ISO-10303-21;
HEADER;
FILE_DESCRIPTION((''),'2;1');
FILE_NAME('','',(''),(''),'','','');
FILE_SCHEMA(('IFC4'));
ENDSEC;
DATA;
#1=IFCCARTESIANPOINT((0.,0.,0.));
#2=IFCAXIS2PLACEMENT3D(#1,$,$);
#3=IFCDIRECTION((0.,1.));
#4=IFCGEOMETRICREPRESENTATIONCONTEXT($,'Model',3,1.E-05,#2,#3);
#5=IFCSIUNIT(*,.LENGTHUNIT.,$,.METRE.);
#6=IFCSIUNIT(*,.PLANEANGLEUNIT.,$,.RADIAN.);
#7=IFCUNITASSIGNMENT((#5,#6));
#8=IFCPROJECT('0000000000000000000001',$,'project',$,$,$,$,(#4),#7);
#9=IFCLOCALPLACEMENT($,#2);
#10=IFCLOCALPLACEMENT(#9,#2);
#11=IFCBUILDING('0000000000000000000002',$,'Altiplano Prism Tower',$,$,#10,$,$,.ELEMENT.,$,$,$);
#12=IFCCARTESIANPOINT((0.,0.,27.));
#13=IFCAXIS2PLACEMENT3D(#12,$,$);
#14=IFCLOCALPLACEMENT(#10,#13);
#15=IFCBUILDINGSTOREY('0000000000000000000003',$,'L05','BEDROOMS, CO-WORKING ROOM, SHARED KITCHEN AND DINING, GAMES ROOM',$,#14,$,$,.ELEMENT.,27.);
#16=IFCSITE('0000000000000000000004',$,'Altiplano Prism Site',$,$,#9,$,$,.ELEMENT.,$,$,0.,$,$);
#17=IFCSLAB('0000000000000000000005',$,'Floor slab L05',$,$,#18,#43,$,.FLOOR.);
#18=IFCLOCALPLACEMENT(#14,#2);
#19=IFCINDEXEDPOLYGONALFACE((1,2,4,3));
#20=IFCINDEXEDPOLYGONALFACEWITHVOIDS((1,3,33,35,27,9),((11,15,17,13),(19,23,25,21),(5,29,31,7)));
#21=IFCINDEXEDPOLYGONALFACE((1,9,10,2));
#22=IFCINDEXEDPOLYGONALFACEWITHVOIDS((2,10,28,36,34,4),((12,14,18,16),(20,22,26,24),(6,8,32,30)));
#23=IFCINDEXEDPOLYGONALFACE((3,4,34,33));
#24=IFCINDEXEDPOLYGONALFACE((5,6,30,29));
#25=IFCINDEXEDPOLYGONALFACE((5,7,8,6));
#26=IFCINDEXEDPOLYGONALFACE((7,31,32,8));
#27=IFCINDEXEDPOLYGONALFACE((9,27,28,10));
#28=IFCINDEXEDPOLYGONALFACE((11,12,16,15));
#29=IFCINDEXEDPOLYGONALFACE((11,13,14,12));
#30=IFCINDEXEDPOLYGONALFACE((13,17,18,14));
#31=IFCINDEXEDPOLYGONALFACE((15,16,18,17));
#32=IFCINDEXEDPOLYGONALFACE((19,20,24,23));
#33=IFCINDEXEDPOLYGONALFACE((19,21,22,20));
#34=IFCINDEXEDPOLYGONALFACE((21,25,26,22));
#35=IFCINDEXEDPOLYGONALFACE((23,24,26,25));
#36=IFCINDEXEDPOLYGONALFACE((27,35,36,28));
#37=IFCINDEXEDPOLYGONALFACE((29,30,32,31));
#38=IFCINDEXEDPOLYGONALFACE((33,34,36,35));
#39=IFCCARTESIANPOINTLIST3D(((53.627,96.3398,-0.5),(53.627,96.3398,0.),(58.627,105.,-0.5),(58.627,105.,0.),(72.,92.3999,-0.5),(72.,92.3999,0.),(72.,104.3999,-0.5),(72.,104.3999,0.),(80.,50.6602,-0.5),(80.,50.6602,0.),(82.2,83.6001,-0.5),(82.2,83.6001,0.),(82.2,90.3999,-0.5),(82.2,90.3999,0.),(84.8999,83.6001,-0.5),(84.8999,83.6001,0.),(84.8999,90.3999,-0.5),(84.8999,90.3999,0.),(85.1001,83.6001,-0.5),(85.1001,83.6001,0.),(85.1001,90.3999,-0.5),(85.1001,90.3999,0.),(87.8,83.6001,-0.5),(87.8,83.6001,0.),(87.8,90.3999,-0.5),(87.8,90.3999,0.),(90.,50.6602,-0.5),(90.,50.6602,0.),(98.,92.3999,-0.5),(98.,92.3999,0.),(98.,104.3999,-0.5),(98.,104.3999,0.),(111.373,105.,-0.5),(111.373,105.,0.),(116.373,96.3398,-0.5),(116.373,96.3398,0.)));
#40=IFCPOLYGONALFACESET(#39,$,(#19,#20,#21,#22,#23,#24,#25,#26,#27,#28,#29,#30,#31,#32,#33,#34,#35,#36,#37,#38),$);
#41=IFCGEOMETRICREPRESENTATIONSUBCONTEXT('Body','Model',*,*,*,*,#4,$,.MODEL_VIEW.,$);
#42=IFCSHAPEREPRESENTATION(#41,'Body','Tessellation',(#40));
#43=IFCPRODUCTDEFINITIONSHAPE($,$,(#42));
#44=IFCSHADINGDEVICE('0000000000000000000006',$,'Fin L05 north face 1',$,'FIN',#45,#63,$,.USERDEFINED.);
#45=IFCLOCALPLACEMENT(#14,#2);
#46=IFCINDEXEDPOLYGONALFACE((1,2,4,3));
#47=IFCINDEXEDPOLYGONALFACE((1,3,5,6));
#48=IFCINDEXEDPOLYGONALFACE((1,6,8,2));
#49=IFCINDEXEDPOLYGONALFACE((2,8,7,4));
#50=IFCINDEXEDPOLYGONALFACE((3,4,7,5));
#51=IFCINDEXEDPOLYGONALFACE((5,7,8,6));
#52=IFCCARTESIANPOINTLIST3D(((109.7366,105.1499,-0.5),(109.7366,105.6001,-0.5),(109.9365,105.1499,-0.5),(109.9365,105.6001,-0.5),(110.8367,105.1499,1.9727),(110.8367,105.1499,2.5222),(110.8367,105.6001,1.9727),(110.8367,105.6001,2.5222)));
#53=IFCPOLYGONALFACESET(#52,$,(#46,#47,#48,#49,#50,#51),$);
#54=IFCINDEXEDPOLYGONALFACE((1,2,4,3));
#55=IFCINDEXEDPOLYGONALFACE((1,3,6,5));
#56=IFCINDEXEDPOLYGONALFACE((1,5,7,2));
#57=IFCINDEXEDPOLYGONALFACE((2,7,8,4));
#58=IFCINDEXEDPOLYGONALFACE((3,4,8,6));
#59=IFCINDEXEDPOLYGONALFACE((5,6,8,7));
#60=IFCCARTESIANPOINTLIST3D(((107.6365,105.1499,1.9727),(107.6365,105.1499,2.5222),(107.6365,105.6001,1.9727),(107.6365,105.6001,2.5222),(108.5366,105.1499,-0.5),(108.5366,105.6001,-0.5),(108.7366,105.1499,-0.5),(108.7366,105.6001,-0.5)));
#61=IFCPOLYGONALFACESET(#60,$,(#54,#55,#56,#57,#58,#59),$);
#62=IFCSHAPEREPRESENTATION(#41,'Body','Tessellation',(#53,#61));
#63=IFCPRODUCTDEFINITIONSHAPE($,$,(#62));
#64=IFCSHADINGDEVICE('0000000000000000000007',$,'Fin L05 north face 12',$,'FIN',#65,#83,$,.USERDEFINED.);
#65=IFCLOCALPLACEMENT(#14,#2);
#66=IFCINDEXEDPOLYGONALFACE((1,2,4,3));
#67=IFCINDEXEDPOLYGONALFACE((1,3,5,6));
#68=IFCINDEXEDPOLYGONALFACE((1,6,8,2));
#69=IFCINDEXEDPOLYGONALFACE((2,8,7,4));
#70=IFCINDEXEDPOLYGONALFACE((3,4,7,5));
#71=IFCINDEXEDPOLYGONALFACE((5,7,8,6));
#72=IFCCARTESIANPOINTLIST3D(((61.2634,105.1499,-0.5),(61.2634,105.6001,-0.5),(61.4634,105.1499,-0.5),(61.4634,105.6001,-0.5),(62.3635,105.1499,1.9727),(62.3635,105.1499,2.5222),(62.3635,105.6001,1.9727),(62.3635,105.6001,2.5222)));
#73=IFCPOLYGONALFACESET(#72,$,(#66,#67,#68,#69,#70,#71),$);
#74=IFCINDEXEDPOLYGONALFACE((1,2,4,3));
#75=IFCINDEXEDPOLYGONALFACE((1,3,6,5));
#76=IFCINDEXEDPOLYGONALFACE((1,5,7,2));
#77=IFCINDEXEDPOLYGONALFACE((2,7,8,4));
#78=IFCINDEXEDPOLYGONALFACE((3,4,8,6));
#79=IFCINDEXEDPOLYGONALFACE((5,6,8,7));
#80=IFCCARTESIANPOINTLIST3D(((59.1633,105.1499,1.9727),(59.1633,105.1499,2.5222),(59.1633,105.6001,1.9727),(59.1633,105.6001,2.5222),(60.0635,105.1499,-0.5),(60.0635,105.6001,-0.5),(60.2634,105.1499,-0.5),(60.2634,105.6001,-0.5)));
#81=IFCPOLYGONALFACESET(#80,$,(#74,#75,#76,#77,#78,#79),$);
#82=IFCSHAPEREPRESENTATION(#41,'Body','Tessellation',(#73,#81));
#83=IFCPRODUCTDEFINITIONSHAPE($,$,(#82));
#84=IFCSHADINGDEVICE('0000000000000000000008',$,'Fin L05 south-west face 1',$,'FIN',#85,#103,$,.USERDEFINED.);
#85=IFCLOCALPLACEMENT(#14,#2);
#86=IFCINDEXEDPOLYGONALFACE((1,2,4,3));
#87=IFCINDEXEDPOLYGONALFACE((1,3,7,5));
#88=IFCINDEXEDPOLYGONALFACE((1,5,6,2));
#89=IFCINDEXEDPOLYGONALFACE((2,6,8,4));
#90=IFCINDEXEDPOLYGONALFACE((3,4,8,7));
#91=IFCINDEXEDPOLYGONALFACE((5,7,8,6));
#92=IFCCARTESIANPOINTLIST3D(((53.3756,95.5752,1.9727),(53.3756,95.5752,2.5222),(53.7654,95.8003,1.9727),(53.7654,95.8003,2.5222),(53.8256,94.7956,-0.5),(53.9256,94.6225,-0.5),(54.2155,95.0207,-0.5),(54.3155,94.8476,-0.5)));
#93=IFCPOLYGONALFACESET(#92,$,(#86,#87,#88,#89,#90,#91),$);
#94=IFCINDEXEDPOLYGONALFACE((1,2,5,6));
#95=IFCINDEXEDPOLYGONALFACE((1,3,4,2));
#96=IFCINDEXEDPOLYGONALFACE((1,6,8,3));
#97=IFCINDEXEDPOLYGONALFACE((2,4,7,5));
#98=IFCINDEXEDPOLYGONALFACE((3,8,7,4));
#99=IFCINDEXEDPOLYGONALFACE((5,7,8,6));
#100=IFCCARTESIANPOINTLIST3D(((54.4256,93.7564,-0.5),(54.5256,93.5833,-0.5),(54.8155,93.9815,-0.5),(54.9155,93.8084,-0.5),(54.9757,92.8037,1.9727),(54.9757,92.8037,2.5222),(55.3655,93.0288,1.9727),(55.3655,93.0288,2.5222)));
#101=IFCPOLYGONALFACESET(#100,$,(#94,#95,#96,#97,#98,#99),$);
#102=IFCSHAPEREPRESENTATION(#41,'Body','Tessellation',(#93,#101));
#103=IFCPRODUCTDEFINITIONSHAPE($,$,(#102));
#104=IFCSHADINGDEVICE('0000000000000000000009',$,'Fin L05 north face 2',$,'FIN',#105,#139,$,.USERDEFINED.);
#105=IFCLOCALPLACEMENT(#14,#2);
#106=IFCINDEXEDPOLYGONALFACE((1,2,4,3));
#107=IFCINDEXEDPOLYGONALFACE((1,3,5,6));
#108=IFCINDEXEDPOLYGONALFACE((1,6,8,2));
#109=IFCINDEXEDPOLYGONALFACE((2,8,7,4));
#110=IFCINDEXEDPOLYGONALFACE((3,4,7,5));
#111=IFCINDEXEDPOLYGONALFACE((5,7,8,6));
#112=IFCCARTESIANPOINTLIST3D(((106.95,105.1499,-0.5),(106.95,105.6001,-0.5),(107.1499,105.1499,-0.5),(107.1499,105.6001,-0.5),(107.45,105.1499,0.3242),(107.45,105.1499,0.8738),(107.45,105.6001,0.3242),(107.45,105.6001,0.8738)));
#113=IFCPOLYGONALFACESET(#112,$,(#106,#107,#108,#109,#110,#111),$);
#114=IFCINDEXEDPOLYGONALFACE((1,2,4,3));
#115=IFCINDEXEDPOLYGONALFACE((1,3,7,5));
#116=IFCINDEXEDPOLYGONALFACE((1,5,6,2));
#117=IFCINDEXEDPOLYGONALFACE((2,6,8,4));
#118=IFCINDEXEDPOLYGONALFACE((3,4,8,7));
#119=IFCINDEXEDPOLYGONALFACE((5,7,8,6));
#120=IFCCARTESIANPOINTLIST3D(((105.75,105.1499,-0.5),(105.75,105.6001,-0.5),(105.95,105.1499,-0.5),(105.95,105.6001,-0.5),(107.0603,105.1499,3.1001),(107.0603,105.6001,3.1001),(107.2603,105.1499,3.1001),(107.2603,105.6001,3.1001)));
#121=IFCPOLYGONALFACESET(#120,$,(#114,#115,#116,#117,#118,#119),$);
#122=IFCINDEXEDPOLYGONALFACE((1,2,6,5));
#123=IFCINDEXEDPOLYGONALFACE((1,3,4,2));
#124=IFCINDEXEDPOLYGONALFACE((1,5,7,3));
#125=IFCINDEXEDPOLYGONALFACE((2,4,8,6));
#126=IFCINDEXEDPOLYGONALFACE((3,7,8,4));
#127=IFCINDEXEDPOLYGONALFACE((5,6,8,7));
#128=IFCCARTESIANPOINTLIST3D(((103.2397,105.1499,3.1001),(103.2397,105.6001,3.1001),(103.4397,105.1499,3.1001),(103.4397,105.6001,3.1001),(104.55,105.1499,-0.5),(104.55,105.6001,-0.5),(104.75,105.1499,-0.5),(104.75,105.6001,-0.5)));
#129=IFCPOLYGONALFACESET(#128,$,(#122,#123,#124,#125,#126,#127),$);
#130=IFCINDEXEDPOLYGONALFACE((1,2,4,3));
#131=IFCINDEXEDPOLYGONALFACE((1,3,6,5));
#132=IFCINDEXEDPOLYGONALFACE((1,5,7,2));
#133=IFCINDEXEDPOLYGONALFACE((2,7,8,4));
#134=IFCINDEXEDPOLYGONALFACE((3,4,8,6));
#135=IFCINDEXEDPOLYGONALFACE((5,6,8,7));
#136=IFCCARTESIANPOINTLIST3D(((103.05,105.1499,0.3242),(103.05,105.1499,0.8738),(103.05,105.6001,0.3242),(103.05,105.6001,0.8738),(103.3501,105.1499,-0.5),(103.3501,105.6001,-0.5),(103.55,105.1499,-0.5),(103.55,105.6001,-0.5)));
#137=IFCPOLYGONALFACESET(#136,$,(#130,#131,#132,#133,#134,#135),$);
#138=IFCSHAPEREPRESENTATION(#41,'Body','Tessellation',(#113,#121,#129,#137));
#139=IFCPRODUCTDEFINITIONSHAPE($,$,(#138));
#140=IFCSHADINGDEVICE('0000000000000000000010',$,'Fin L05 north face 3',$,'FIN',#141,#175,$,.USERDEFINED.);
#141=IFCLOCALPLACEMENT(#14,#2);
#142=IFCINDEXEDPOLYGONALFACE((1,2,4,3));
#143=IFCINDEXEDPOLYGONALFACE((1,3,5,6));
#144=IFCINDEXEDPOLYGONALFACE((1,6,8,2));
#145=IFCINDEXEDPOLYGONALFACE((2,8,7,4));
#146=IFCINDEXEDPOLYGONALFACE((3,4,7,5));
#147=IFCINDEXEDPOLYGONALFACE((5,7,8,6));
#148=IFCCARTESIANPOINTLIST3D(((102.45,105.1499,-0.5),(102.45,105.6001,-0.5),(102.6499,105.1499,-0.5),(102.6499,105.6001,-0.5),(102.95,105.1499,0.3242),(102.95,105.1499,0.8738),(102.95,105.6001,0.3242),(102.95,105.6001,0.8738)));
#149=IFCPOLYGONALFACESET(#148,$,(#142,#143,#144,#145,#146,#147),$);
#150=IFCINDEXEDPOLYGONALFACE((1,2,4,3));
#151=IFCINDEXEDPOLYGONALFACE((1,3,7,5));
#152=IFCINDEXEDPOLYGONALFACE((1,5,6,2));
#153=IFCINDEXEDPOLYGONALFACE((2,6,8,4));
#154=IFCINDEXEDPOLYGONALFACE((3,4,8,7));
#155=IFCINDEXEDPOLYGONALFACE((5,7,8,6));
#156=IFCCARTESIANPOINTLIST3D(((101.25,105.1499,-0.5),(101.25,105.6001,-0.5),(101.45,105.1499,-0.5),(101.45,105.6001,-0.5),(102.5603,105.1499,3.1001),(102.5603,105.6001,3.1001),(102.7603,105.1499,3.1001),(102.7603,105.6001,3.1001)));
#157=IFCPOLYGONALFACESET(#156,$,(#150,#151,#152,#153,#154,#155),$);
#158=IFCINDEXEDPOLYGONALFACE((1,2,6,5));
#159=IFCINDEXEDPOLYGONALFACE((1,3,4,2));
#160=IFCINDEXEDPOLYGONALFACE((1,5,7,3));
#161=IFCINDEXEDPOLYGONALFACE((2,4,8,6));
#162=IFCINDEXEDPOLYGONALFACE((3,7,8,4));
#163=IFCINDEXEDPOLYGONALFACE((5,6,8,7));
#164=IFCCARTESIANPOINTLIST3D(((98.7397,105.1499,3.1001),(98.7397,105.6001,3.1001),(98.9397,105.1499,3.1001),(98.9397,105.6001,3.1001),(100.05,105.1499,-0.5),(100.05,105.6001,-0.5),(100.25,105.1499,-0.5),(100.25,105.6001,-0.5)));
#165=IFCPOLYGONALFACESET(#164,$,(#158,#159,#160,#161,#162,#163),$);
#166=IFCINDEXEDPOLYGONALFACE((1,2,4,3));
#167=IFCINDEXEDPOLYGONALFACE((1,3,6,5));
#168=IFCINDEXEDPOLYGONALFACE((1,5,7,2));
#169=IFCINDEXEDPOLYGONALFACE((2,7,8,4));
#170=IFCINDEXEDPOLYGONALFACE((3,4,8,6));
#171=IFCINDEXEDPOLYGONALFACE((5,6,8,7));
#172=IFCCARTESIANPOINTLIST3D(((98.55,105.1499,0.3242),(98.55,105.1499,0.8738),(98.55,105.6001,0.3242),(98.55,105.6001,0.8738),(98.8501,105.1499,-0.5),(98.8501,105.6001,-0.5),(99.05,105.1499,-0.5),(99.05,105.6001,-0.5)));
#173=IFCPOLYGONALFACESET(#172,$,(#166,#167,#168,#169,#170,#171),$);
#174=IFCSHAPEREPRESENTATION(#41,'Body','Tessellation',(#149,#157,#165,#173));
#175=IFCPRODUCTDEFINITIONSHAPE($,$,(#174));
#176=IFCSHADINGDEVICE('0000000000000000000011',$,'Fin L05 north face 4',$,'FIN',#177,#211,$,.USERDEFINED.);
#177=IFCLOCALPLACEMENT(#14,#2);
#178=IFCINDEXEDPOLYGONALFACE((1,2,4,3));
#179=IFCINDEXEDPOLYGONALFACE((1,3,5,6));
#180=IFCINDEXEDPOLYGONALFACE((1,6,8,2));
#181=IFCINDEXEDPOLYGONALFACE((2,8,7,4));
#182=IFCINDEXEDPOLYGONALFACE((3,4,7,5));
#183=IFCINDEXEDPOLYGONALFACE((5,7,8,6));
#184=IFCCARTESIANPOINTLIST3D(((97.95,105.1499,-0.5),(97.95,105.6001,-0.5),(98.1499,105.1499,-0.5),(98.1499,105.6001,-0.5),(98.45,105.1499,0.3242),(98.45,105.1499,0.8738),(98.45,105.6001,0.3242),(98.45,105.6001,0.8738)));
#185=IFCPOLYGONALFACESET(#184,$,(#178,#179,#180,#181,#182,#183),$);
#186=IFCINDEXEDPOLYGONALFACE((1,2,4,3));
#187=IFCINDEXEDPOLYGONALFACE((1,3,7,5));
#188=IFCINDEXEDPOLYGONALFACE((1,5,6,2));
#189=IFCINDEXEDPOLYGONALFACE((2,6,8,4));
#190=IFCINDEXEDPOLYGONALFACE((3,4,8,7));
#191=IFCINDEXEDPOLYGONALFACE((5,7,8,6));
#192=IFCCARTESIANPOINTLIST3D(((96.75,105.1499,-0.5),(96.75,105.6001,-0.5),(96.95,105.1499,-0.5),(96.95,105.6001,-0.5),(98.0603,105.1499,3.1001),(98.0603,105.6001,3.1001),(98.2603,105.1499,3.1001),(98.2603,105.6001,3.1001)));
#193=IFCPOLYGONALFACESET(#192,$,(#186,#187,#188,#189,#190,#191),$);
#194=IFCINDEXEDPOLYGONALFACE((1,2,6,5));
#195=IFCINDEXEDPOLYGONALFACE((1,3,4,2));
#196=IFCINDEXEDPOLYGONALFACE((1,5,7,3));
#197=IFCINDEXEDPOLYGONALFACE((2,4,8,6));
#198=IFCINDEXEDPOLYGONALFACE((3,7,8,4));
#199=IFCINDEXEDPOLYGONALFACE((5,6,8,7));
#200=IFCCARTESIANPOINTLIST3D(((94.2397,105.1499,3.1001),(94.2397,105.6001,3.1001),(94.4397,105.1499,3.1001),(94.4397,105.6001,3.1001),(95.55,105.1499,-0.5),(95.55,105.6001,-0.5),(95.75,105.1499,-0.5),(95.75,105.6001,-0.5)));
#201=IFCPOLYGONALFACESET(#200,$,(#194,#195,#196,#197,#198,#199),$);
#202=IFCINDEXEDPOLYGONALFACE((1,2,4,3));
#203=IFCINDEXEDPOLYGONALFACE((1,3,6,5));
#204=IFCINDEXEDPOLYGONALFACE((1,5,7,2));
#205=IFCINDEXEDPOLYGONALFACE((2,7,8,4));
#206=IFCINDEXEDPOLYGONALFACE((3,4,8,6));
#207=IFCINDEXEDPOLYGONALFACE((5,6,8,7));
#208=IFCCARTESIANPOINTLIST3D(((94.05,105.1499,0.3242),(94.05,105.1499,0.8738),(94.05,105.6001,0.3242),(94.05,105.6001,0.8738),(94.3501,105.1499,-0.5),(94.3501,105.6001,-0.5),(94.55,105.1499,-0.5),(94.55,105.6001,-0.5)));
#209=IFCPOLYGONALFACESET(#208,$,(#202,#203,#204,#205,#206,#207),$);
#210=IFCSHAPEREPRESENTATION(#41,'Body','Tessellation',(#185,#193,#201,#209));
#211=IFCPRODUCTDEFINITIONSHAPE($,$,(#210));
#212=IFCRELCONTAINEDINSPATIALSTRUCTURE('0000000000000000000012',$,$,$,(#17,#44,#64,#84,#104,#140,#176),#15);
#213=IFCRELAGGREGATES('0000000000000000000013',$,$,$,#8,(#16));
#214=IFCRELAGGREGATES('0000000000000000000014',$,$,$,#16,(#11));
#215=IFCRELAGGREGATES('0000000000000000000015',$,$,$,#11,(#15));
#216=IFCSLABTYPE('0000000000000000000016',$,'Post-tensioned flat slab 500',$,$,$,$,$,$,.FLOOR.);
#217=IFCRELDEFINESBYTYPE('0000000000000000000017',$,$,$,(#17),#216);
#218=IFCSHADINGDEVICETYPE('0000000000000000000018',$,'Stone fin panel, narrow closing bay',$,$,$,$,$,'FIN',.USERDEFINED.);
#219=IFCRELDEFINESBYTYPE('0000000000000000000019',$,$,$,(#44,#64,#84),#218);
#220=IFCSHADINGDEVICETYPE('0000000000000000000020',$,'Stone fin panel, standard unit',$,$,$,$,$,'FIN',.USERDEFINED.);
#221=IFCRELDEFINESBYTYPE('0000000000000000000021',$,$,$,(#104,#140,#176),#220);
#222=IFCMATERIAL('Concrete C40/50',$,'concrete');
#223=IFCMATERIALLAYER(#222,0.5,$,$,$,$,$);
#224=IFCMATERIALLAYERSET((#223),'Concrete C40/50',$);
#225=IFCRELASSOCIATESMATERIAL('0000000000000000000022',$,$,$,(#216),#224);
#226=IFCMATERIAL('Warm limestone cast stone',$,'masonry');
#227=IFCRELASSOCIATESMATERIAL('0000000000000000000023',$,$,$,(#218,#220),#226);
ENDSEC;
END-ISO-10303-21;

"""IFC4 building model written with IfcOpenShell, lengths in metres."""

from ifc_helpers import new_model, si_unit, direction, frame, origin, place, context, subcontext, project, spatial, polyline, outline, extrude, source, transform, mapped, material, layer, layer_set, type_object, element, save


model = new_model("IFC4")

# Units and contexts
model_context = context("Model", 3, precision=1e-05, world=origin(), true_north=direction((0.0, 1.0)))
body_context = subcontext(model_context, "Body", "Model", "MODEL_VIEW")
ifc_project = project(units=[si_unit("LENGTHUNIT", "METRE"), si_unit("PLANEANGLEUNIT", "RADIAN")], contexts=[model_context])

# Site, building, storey
site_placement = place(None, origin())
site = spatial("IfcSite", under=ifc_project, at=site_placement, Name="Altiplano Prism Site", CompositionType="ELEMENT", RefElevation=0.0)
building_placement = place(site_placement, origin())
building = spatial("IfcBuilding", under=site, at=building_placement, Name="Altiplano Prism Tower", CompositionType="ELEMENT")
storey_placement = place(building_placement, frame((0.0, 0.0, 27.0)))
storey = spatial("IfcBuildingStorey", under=building, at=storey_placement, Name="L05", Description="BEDROOMS, CO-WORKING ROOM, SHARED KITCHEN AND DINING, GAMES ROOM", CompositionType="ELEMENT", Elevation=27.0)

# Slab
ifc_material_1 = material(Name="Concrete C40/50", Category="concrete")
ifc_layer = layer(ifc_material_1, 0.5)
ifc_layer_set = layer_set([ifc_layer], Name="Concrete C40/50")
slab_type = type_object("IfcSlabType", Name="Post-tensioned flat slab 500", PredefinedType="FLOOR", material=ifc_layer_set)
slab_placement = place(storey_placement, frame((0.0, 0.0, -0.5)))
element("IfcSlab", 1, at=slab_placement, inside=storey, type_object=slab_type, Name="Floor slab L05", PredefinedType="FLOOR", context=body_context, shape_type="SweptSolid", body=[
    extrude(outline(polyline([(80.0, 50.6602), (53.627, 96.3398), (58.627, 105.0), (111.373, 105.0), (116.373, 96.3398), (90.0, 50.6602), (80.0, 50.6602)]), holes=[polyline([(72.0, 104.3999), (72.0, 92.3999), (98.0, 92.3999), (98.0, 104.3999), (72.0, 104.3999)]), polyline([(84.8999, 90.3999), (82.2, 90.3999), (82.2, 83.6001), (84.8999, 83.6001), (84.8999, 90.3999)]), polyline([(87.8, 83.6001), (87.8, 90.3999), (85.1001, 90.3999), (85.1001, 83.6001), (87.8, 83.6001)])]), origin(), (0.0, 0.0, 1.0), 0.5),
])

# Shading devices
ifc_material_2 = material(Name="Warm limestone cast stone", Category="masonry")
shading_device_type_1 = type_object("IfcShadingDeviceType", Name="Stone fin panel, narrow closing bay", ElementType="FIN", PredefinedType="USERDEFINED", material=ifc_material_2)
shared_shape_1 = source(origin(), body_context, "Body", "SweptSolid", [
    extrude(outline(polyline([(-1.6001, 3.0222), (-1.6001, 2.4727), (-0.7, 0.0), (-0.5, 0.0), (-1.6001, 3.0222)])), frame((0.0, -0.1499, 0.0), z_axis=(0.0, -1.0, 0.0), x_axis=(1.0, 0.0, 0.0)), (0.0, 0.0, 1.0), 0.4502),
    extrude(outline(polyline([(1.6001, 2.4727), (1.6001, 3.0222), (0.5, 0.0), (0.7, 0.0), (1.6001, 2.4727)])), frame((0.0, -0.1499, 0.0), z_axis=(0.0, -1.0, 0.0), x_axis=(1.0, 0.0, 0.0)), (0.0, 0.0, 1.0), 0.4502),
])
shading_device_1_placement = place(storey_placement, origin())
element("IfcShadingDevice", 2, at=shading_device_1_placement, inside=storey, type_object=shading_device_type_1, Name="Fin L05 north face 1", ObjectType="FIN", PredefinedType="USERDEFINED", context=body_context, shape_type="MappedRepresentation", body=[
    mapped(shared_shape_1, transform((109.2366, 105.0, -0.5), x_axis=(-1.0, 0.0, 0.0), y_axis=(0.0, -1.0, 0.0), z_axis=(0.0, 0.0, 1.0))),
])
shading_device_2_placement = place(storey_placement, origin())
element("IfcShadingDevice", 3, at=shading_device_2_placement, inside=storey, type_object=shading_device_type_1, Name="Fin L05 north face 12", ObjectType="FIN", PredefinedType="USERDEFINED", context=body_context, shape_type="MappedRepresentation", body=[
    mapped(shared_shape_1, transform((60.7634, 105.0, -0.5), x_axis=(-1.0, 0.0, 0.0), y_axis=(0.0, -1.0, 0.0), z_axis=(0.0, 0.0, 1.0))),
])
shading_device_3_placement = place(storey_placement, origin())
element("IfcShadingDevice", 4, at=shading_device_3_placement, inside=storey, type_object=shading_device_type_1, Name="Fin L05 south-west face 1", ObjectType="FIN", PredefinedType="USERDEFINED", context=body_context, shape_type="MappedRepresentation", body=[
    mapped(shared_shape_1, transform((54.6953, 94.4895, -0.5), x_axis=(0.5, -0.866025, 0.0), y_axis=(0.866025, 0.5, 0.0), z_axis=(0.0, 0.0, 1.0))),
])
shading_device_type_2 = type_object("IfcShadingDeviceType", Name="Stone fin panel, standard unit", ElementType="FIN", PredefinedType="USERDEFINED", material=ifc_material_2)
shared_shape_2 = source(origin(), body_context, "Body", "SweptSolid", [
    extrude(outline(polyline([(-2.2, 1.3738), (-2.2, 0.8242), (-1.8999, 0.0), (-1.7, 0.0), (-2.2, 1.3738)])), frame((0.0, -0.1499, 0.0), z_axis=(0.0, -1.0, 0.0), x_axis=(1.0, 0.0, 0.0)), (0.0, 0.0, 1.0), 0.4502),
    extrude(outline(polyline([(-2.0103, 3.6001), (-0.7, 0.0), (-0.5, 0.0), (-1.8103, 3.6001), (-2.0103, 3.6001)])), frame((0.0, -0.1499, 0.0), z_axis=(0.0, -1.0, 0.0), x_axis=(1.0, 0.0, 0.0)), (0.0, 0.0, 1.0), 0.4502),
    extrude(outline(polyline([(1.8103, 3.6001), (0.5, 0.0), (0.7, 0.0), (2.0103, 3.6001), (1.8103, 3.6001)])), frame((0.0, -0.1499, 0.0), z_axis=(0.0, -1.0, 0.0), x_axis=(1.0, 0.0, 0.0)), (0.0, 0.0, 1.0), 0.4502),
    extrude(outline(polyline([(2.2, 0.8242), (2.2, 1.3738), (1.7, 0.0), (1.8999, 0.0), (2.2, 0.8242)])), frame((0.0, -0.1499, 0.0), z_axis=(0.0, -1.0, 0.0), x_axis=(1.0, 0.0, 0.0)), (0.0, 0.0, 1.0), 0.4502),
])
shading_device_4_placement = place(storey_placement, origin())
element("IfcShadingDevice", 5, at=shading_device_4_placement, inside=storey, type_object=shading_device_type_2, Name="Fin L05 north face 2", ObjectType="FIN", PredefinedType="USERDEFINED", context=body_context, shape_type="MappedRepresentation", body=[
    mapped(shared_shape_2, transform((105.25, 105.0, -0.5), x_axis=(-1.0, 0.0, 0.0), y_axis=(0.0, -1.0, 0.0), z_axis=(0.0, 0.0, 1.0))),
])
shading_device_5_placement = place(storey_placement, origin())
element("IfcShadingDevice", 6, at=shading_device_5_placement, inside=storey, type_object=shading_device_type_2, Name="Fin L05 north face 3", ObjectType="FIN", PredefinedType="USERDEFINED", context=body_context, shape_type="MappedRepresentation", body=[
    mapped(shared_shape_2, transform((100.75, 105.0, -0.5), x_axis=(-1.0, 0.0, 0.0), y_axis=(0.0, -1.0, 0.0), z_axis=(0.0, 0.0, 1.0))),
])
shading_device_6_placement = place(storey_placement, origin())
element("IfcShadingDevice", 7, at=shading_device_6_placement, inside=storey, type_object=shading_device_type_2, Name="Fin L05 north face 4", ObjectType="FIN", PredefinedType="USERDEFINED", context=body_context, shape_type="MappedRepresentation", body=[
    mapped(shared_shape_2, transform((96.25, 105.0, -0.5), x_axis=(-1.0, 0.0, 0.0), y_axis=(0.0, -1.0, 0.0), z_axis=(0.0, 0.0, 1.0))),
])

save(model, "model.ifc")
